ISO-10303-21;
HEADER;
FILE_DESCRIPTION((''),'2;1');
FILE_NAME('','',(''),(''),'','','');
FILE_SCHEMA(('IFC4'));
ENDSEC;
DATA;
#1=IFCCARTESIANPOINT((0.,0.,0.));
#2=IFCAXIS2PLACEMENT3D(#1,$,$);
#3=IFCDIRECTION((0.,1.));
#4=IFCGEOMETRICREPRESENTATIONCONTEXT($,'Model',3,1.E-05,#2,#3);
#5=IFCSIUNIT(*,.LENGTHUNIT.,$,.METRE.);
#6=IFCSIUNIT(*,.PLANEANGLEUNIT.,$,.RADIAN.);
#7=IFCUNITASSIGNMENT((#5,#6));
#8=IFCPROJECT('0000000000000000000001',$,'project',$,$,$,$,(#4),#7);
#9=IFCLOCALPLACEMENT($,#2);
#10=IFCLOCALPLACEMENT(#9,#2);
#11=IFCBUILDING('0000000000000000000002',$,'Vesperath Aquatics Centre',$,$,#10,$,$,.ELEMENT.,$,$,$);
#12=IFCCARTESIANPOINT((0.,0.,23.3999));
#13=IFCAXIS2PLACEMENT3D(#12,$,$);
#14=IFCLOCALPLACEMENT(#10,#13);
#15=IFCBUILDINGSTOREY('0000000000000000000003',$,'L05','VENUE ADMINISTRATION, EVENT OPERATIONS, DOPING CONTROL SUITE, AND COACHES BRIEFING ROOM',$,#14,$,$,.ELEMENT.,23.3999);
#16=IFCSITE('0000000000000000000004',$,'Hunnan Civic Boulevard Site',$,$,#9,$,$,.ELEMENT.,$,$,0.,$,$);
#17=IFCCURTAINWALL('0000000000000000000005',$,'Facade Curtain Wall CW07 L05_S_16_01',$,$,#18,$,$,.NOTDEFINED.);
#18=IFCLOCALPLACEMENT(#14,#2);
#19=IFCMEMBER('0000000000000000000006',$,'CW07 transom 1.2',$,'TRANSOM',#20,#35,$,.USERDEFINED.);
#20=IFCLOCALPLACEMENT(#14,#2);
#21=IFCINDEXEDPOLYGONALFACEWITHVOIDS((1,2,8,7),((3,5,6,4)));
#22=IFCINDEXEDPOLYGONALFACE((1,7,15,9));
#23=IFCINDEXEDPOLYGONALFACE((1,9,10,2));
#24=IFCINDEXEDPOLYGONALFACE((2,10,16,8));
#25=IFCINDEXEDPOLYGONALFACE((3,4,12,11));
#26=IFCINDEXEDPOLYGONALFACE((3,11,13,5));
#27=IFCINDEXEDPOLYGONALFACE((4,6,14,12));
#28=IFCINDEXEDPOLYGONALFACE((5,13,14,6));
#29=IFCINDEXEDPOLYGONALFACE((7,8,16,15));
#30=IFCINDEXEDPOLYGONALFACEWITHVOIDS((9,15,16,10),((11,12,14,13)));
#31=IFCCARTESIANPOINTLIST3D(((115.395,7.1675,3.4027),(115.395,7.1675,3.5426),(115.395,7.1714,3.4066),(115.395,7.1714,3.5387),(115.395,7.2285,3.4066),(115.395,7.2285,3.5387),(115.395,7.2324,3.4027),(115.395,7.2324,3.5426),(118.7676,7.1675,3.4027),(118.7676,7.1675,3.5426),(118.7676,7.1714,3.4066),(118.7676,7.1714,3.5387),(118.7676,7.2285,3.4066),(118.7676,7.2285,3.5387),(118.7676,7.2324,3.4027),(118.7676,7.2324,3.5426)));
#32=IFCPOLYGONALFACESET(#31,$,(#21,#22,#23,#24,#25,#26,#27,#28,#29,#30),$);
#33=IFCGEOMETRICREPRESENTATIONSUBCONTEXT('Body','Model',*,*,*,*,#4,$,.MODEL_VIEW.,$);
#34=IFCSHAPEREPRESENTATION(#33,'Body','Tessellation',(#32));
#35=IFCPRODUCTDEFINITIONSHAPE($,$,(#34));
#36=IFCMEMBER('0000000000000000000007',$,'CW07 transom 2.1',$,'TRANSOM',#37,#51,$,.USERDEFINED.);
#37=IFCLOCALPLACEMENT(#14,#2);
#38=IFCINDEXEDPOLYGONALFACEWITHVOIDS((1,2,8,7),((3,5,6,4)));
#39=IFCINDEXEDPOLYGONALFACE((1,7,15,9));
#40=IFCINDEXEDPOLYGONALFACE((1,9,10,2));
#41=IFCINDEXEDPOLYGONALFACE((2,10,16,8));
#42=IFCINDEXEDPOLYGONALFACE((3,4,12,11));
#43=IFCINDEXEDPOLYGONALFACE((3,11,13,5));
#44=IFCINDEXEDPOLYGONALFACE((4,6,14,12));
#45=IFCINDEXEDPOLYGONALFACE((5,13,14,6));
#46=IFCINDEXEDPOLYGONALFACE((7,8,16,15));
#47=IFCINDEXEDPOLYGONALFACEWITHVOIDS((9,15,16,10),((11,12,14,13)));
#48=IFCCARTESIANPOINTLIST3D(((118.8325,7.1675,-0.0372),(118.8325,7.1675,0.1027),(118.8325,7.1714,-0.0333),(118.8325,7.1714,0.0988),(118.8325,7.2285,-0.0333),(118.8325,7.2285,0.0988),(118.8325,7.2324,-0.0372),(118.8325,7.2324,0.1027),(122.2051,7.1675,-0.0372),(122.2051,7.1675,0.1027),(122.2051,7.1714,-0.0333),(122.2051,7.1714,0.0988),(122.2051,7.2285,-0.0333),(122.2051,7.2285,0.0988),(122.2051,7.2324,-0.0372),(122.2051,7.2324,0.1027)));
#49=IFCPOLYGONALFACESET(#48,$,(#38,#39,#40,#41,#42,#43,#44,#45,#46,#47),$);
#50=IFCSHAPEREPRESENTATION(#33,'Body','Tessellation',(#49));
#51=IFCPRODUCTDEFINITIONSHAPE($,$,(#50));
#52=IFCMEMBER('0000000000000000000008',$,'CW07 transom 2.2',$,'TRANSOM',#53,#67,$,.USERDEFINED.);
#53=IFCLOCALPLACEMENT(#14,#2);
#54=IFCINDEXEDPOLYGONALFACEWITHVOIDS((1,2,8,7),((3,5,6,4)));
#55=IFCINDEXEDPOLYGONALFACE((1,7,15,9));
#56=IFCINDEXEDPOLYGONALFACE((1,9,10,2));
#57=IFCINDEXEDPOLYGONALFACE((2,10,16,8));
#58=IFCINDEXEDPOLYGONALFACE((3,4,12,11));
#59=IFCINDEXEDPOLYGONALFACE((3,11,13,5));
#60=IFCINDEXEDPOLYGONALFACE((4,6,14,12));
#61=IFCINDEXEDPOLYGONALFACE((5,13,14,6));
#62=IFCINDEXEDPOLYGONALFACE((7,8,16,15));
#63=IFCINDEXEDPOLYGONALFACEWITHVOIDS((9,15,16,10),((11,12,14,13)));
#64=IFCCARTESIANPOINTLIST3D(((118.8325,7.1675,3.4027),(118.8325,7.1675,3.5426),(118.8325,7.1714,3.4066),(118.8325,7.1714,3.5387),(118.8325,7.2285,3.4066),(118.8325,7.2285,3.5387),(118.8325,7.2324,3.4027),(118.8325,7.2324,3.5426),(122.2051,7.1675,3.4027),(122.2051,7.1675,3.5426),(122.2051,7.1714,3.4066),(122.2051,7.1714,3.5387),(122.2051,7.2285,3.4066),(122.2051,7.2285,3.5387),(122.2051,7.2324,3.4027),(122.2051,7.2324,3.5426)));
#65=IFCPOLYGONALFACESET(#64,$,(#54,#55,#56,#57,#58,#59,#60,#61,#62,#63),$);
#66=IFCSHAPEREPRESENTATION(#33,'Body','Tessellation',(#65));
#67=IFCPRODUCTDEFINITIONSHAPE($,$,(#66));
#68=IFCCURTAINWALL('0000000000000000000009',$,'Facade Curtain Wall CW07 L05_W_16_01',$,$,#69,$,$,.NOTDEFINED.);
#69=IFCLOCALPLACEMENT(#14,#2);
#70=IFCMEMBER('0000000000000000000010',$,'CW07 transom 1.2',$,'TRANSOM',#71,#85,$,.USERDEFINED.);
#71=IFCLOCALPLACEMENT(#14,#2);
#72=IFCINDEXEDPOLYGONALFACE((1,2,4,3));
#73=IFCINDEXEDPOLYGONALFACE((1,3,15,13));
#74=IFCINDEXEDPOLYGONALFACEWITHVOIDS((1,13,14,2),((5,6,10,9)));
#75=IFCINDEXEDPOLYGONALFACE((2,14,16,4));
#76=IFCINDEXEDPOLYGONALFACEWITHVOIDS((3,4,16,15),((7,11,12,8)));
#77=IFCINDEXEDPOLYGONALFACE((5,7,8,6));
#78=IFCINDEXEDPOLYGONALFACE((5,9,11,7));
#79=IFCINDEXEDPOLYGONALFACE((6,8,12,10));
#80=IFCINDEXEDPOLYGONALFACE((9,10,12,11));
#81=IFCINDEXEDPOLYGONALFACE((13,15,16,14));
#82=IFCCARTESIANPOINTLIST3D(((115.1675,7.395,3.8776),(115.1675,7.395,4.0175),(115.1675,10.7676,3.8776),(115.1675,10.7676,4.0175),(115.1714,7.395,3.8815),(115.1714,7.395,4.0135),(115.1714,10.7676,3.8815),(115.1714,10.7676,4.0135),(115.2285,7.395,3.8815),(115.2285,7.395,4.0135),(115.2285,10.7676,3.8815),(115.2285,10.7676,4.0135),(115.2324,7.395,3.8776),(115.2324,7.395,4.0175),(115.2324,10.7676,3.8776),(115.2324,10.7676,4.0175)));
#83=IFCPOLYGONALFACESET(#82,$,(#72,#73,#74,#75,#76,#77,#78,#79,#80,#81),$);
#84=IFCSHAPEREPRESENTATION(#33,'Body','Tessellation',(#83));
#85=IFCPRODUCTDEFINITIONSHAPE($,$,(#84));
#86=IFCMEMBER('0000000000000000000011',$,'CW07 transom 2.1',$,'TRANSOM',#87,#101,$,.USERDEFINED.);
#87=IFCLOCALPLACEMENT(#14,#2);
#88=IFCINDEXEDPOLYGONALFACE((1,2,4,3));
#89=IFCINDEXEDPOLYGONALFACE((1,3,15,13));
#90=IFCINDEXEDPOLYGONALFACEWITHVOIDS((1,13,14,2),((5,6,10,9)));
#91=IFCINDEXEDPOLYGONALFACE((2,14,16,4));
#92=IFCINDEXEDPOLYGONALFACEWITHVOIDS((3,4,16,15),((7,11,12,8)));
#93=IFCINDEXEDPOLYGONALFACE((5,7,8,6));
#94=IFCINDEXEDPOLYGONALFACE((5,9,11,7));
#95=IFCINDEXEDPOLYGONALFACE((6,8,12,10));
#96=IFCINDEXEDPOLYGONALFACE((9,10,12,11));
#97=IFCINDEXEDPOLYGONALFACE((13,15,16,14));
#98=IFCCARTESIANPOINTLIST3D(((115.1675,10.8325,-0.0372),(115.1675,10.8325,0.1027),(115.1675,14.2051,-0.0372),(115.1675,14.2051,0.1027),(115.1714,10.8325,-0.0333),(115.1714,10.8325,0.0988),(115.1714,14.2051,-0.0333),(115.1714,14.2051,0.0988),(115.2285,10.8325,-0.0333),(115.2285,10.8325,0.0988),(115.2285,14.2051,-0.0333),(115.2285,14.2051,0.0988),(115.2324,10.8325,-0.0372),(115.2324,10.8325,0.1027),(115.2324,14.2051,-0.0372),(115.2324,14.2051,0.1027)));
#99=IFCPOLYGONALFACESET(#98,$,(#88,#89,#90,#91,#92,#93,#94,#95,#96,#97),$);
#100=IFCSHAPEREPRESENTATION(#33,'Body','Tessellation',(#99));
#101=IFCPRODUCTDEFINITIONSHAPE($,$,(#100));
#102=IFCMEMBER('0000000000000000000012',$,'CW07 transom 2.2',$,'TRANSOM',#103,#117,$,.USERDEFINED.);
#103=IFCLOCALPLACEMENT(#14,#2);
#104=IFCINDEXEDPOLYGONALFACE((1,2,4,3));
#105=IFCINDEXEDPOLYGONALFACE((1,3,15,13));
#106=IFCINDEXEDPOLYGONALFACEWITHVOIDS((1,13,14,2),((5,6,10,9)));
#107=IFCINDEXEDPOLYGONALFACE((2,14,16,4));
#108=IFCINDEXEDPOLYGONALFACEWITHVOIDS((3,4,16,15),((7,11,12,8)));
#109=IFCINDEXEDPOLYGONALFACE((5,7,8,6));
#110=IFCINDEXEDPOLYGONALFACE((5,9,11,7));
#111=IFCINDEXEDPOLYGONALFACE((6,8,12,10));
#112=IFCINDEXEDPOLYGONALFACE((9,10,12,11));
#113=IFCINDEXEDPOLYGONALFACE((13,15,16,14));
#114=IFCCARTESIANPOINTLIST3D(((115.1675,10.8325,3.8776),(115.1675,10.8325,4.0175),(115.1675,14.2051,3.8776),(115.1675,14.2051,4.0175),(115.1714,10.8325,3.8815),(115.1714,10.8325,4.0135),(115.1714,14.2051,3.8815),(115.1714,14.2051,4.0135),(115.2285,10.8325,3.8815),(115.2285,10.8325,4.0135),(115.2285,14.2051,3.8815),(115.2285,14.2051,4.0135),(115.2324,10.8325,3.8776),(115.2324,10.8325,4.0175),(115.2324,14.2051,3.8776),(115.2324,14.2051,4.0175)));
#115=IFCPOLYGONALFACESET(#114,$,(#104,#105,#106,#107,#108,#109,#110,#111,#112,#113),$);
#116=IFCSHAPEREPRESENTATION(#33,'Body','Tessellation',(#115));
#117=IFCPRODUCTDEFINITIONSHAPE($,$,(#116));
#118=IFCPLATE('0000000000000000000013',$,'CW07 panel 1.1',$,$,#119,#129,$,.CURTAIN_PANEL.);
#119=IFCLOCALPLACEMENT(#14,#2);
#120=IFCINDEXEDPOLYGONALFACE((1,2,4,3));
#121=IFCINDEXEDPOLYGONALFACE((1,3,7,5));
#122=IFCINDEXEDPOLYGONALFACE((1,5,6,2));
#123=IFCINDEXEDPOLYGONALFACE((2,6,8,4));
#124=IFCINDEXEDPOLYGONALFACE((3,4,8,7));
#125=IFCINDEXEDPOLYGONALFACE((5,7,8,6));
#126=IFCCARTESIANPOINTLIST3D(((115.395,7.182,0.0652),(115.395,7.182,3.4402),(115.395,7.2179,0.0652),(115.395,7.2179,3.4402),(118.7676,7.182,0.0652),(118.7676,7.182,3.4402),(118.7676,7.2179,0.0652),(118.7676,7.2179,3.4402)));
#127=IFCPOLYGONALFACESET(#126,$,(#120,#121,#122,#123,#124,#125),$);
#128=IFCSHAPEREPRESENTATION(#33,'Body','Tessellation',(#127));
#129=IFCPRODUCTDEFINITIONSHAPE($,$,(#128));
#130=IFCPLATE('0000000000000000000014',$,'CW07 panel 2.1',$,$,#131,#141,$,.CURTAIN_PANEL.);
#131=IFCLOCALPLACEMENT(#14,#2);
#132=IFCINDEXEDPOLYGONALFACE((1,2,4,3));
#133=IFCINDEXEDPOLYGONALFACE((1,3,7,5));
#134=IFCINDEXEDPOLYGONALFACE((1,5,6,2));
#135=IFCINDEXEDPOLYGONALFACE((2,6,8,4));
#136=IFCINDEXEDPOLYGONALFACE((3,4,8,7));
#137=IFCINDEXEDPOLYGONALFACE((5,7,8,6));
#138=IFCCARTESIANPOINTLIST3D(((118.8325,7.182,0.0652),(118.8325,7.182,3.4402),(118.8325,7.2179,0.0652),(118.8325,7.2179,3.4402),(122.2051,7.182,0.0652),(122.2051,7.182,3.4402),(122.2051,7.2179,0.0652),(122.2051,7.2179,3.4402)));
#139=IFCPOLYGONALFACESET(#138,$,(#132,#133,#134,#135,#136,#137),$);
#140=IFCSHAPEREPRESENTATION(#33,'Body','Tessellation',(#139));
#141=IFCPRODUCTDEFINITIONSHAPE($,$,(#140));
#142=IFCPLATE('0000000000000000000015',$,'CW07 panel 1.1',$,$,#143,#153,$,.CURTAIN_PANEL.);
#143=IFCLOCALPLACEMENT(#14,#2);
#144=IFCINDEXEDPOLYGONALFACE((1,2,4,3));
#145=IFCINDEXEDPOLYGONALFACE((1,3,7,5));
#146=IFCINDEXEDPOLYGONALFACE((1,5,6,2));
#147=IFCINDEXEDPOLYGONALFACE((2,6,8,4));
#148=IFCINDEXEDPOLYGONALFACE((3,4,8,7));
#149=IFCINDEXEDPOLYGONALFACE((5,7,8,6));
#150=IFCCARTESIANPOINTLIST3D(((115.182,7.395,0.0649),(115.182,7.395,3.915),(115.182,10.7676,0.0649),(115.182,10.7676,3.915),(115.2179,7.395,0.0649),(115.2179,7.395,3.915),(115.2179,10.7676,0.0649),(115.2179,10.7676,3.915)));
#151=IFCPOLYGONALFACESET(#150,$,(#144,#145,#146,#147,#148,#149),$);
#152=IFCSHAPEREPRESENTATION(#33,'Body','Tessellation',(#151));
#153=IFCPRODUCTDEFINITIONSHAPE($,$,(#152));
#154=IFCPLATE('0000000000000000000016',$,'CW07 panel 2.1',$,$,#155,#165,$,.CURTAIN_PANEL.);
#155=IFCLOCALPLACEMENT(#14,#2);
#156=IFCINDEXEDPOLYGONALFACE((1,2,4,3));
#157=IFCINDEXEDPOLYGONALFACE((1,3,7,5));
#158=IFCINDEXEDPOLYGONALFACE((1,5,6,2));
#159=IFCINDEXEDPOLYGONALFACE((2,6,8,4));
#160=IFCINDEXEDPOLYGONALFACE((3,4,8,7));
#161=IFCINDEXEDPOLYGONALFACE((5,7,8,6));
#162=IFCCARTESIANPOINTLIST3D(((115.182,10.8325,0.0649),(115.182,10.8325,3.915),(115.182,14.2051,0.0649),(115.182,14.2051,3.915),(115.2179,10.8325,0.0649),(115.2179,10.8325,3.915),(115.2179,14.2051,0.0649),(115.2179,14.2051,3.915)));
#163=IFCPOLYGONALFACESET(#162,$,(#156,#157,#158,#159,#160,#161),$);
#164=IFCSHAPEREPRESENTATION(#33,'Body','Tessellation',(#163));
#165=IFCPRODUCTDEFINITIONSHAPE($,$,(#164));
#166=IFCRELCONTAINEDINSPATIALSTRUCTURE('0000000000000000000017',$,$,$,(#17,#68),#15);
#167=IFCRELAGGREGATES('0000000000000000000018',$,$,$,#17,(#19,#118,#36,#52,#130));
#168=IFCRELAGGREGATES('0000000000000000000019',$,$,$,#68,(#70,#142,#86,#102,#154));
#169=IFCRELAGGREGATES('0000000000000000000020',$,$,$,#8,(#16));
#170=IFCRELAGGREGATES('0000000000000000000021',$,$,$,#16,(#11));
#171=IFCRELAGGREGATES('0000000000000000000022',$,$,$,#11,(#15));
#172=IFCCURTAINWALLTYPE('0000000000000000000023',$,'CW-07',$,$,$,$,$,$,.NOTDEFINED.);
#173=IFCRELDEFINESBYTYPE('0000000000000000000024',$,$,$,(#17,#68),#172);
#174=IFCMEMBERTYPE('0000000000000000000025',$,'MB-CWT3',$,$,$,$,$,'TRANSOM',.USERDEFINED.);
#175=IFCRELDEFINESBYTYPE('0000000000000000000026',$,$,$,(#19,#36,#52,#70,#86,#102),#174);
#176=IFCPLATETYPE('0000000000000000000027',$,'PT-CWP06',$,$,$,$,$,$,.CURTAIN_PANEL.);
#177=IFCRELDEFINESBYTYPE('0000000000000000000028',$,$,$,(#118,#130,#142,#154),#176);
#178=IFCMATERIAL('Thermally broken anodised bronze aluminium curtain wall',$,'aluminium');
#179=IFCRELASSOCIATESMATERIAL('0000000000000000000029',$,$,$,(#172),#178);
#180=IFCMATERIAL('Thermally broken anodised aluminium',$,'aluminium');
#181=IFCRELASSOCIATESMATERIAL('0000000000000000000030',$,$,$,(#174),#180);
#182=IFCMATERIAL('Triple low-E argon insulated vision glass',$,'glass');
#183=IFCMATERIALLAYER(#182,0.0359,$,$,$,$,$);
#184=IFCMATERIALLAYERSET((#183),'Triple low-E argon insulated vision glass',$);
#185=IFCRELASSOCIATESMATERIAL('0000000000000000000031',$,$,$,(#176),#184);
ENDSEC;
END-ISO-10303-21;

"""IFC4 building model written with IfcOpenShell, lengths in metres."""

from ifc_helpers import new_model, si_unit, direction, frame, origin, origin_2d, place, context, subcontext, project, spatial, rectangle, hollow_rectangle, extrude, material, layer, layer_set, material_profile, profile_set, type_object, element, aggregate, save


model = new_model("IFC4")

# Units and contexts
model_context = context("Model", 3, precision=1e-05, world=origin(), true_north=direction((0.0, 1.0)))
body_context = subcontext(model_context, "Body", "Model", "MODEL_VIEW")
ifc_project = project(units=[si_unit("LENGTHUNIT", "METRE"), si_unit("PLANEANGLEUNIT", "RADIAN")], contexts=[model_context])

# Site, building, storey
site_placement = place(None, origin())
site = spatial("IfcSite", under=ifc_project, at=site_placement, Name="Hunnan Civic Boulevard Site", CompositionType="ELEMENT", RefElevation=0.0)
building_placement = place(site_placement, origin())
building = spatial("IfcBuilding", under=site, at=building_placement, Name="Vesperath Aquatics Centre", CompositionType="ELEMENT")
storey_placement = place(building_placement, frame((0.0, 0.0, 23.3999)))
storey = spatial("IfcBuildingStorey", under=building, at=storey_placement, Name="L05", Description="VENUE ADMINISTRATION, EVENT OPERATIONS, DOPING CONTROL SUITE, AND COACHES BRIEFING ROOM", CompositionType="ELEMENT", Elevation=23.3999)

# Curtain wall
ifc_material_1 = material(Name="Thermally broken anodised bronze aluminium curtain wall", Category="aluminium")
curtain_wall_type = type_object("IfcCurtainWallType", Name="CW-07", PredefinedType="NOTDEFINED", material=ifc_material_1)
curtain_wall_1_placement = place(storey_placement, origin())
curtain_wall_1 = element("IfcCurtainWall", 1, at=curtain_wall_1_placement, inside=storey, type_object=curtain_wall_type, Name="Facade Curtain Wall CW07 L05_S_16_01", PredefinedType="NOTDEFINED")
ifc_material_2 = material(Name="Thermally broken anodised aluminium", Category="aluminium")

# Members
ifc_material_profile_1 = material_profile(ifc_material_2, hollow_rectangle(XDim=0.0649, YDim=0.1399, WallThickness=0.0039, at=origin_2d()), Name="CWT 65x140x4")
ifc_profile_set_1 = profile_set([ifc_material_profile_1], Name="Thermally broken anodised aluminium")
member_type_1 = type_object("IfcMemberType", Name="MB-CWT3", ElementType="TRANSOM", PredefinedType="USERDEFINED", material=ifc_profile_set_1)
member_1_placement = place(storey_placement, frame((115.395, 7.2, 3.4727), z_axis=(1.0, 0.0, 0.0), x_axis=(0.0, 1.0, 0.0)))
member_1 = element("IfcMember", 2, at=member_1_placement, type_object=member_type_1, Name="CW07 transom 1.2", ObjectType="TRANSOM", PredefinedType="USERDEFINED", context=body_context, shape_type="SweptSolid", body=[
    extrude(hollow_rectangle(XDim=0.0649, YDim=0.1399, WallThickness=0.0039, at=origin_2d()), origin(), (0.0, 0.0, 1.0), 3.3726),
])
member_2_placement = place(storey_placement, frame((118.8325, 7.2, 0.0327), z_axis=(1.0, 0.0, 0.0), x_axis=(0.0, 1.0, 0.0)))
member_2 = element("IfcMember", 3, at=member_2_placement, type_object=member_type_1, Name="CW07 transom 2.1", ObjectType="TRANSOM", PredefinedType="USERDEFINED", context=body_context, shape_type="SweptSolid", body=[
    extrude(hollow_rectangle(XDim=0.0649, YDim=0.1399, WallThickness=0.0039, at=origin_2d()), origin(), (0.0, 0.0, 1.0), 3.3726),
])
member_3_placement = place(storey_placement, frame((118.8325, 7.2, 3.4727), z_axis=(1.0, 0.0, 0.0), x_axis=(0.0, 1.0, 0.0)))
member_3 = element("IfcMember", 4, at=member_3_placement, type_object=member_type_1, Name="CW07 transom 2.2", ObjectType="TRANSOM", PredefinedType="USERDEFINED", context=body_context, shape_type="SweptSolid", body=[
    extrude(hollow_rectangle(XDim=0.0649, YDim=0.1399, WallThickness=0.0039, at=origin_2d()), origin(), (0.0, 0.0, 1.0), 3.3726),
])

# Curtain wall, members
curtain_wall_2_placement = place(storey_placement, origin())
curtain_wall_2 = element("IfcCurtainWall", 5, at=curtain_wall_2_placement, inside=storey, type_object=curtain_wall_type, Name="Facade Curtain Wall CW07 L05_W_16_01", PredefinedType="NOTDEFINED")
member_4_placement = place(storey_placement, frame((115.2, 7.395, 3.9475), z_axis=(0.0, 1.0, 0.0), x_axis=(-1.0, 0.0, 0.0)))
member_4 = element("IfcMember", 6, at=member_4_placement, type_object=member_type_1, Name="CW07 transom 1.2", ObjectType="TRANSOM", PredefinedType="USERDEFINED", context=body_context, shape_type="SweptSolid", body=[
    extrude(hollow_rectangle(XDim=0.0649, YDim=0.1399, WallThickness=0.0039, at=origin_2d()), origin(), (0.0, 0.0, 1.0), 3.3726),
])
member_5_placement = place(storey_placement, frame((115.2, 10.8325, 0.0327), z_axis=(0.0, 1.0, 0.0), x_axis=(-1.0, 0.0, 0.0)))
member_5 = element("IfcMember", 7, at=member_5_placement, type_object=member_type_1, Name="CW07 transom 2.1", ObjectType="TRANSOM", PredefinedType="USERDEFINED", context=body_context, shape_type="SweptSolid", body=[
    extrude(hollow_rectangle(XDim=0.0649, YDim=0.1399, WallThickness=0.0039, at=origin_2d()), origin(), (0.0, 0.0, 1.0), 3.3726),
])
member_6_placement = place(storey_placement, frame((115.2, 10.8325, 3.9475), z_axis=(0.0, 1.0, 0.0), x_axis=(-1.0, 0.0, 0.0)))
member_6 = element("IfcMember", 8, at=member_6_placement, type_object=member_type_1, Name="CW07 transom 2.2", ObjectType="TRANSOM", PredefinedType="USERDEFINED", context=body_context, shape_type="SweptSolid", body=[
    extrude(hollow_rectangle(XDim=0.0649, YDim=0.1399, WallThickness=0.0039, at=origin_2d()), origin(), (0.0, 0.0, 1.0), 3.3726),
])

# Plates
ifc_material_3 = material(Name="Triple low-E argon insulated vision glass", Category="glass")
ifc_layer_1 = layer(ifc_material_3, 0.0359)
ifc_layer_set_1 = layer_set([ifc_layer_1], Name="Triple low-E argon insulated vision glass")
plate_type = type_object("IfcPlateType", Name="PT-CWP06", PredefinedType="CURTAIN_PANEL", material=ifc_layer_set_1)
plate_1_placement = place(storey_placement, frame((117.0813, 7.2, 0.0652), z_axis=(0.0, 0.0, 1.0), x_axis=(1.0, 0.0, 0.0)))
plate_1 = element("IfcPlate", 9, at=plate_1_placement, type_object=plate_type, Name="CW07 panel 1.1", PredefinedType="CURTAIN_PANEL", context=body_context, shape_type="SweptSolid", body=[
    extrude(rectangle(XDim=3.3726, YDim=0.0359, at=origin_2d()), origin(), (0.0, 0.0, 1.0), 3.375),
])
plate_2_placement = place(storey_placement, frame((120.5188, 7.2, 0.0652), z_axis=(0.0, 0.0, 1.0), x_axis=(1.0, 0.0, 0.0)))
plate_2 = element("IfcPlate", 10, at=plate_2_placement, type_object=plate_type, Name="CW07 panel 2.1", PredefinedType="CURTAIN_PANEL", context=body_context, shape_type="SweptSolid", body=[
    extrude(rectangle(XDim=3.3726, YDim=0.0359, at=origin_2d()), origin(), (0.0, 0.0, 1.0), 3.375),
])
aggregate(curtain_wall_1, [member_1, plate_1, member_2, member_3, plate_2])
plate_3_placement = place(storey_placement, frame((115.2, 9.0813, 0.0649), z_axis=(0.0, 0.0, 1.0), x_axis=(0.0, 1.0, 0.0)))
plate_3 = element("IfcPlate", 11, at=plate_3_placement, type_object=plate_type, Name="CW07 panel 1.1", PredefinedType="CURTAIN_PANEL", context=body_context, shape_type="SweptSolid", body=[
    extrude(rectangle(XDim=3.3726, YDim=0.0359, at=origin_2d()), origin(), (0.0, 0.0, 1.0), 3.8501),
])
plate_4_placement = place(storey_placement, frame((115.2, 12.5188, 0.0649), z_axis=(0.0, 0.0, 1.0), x_axis=(0.0, 1.0, 0.0)))
plate_4 = element("IfcPlate", 12, at=plate_4_placement, type_object=plate_type, Name="CW07 panel 2.1", PredefinedType="CURTAIN_PANEL", context=body_context, shape_type="SweptSolid", body=[
    extrude(rectangle(XDim=3.3726, YDim=0.0359, at=origin_2d()), origin(), (0.0, 0.0, 1.0), 3.8501),
])
aggregate(curtain_wall_2, [member_4, plate_3, member_5, member_6, plate_4])

save(model, "model.ifc")
